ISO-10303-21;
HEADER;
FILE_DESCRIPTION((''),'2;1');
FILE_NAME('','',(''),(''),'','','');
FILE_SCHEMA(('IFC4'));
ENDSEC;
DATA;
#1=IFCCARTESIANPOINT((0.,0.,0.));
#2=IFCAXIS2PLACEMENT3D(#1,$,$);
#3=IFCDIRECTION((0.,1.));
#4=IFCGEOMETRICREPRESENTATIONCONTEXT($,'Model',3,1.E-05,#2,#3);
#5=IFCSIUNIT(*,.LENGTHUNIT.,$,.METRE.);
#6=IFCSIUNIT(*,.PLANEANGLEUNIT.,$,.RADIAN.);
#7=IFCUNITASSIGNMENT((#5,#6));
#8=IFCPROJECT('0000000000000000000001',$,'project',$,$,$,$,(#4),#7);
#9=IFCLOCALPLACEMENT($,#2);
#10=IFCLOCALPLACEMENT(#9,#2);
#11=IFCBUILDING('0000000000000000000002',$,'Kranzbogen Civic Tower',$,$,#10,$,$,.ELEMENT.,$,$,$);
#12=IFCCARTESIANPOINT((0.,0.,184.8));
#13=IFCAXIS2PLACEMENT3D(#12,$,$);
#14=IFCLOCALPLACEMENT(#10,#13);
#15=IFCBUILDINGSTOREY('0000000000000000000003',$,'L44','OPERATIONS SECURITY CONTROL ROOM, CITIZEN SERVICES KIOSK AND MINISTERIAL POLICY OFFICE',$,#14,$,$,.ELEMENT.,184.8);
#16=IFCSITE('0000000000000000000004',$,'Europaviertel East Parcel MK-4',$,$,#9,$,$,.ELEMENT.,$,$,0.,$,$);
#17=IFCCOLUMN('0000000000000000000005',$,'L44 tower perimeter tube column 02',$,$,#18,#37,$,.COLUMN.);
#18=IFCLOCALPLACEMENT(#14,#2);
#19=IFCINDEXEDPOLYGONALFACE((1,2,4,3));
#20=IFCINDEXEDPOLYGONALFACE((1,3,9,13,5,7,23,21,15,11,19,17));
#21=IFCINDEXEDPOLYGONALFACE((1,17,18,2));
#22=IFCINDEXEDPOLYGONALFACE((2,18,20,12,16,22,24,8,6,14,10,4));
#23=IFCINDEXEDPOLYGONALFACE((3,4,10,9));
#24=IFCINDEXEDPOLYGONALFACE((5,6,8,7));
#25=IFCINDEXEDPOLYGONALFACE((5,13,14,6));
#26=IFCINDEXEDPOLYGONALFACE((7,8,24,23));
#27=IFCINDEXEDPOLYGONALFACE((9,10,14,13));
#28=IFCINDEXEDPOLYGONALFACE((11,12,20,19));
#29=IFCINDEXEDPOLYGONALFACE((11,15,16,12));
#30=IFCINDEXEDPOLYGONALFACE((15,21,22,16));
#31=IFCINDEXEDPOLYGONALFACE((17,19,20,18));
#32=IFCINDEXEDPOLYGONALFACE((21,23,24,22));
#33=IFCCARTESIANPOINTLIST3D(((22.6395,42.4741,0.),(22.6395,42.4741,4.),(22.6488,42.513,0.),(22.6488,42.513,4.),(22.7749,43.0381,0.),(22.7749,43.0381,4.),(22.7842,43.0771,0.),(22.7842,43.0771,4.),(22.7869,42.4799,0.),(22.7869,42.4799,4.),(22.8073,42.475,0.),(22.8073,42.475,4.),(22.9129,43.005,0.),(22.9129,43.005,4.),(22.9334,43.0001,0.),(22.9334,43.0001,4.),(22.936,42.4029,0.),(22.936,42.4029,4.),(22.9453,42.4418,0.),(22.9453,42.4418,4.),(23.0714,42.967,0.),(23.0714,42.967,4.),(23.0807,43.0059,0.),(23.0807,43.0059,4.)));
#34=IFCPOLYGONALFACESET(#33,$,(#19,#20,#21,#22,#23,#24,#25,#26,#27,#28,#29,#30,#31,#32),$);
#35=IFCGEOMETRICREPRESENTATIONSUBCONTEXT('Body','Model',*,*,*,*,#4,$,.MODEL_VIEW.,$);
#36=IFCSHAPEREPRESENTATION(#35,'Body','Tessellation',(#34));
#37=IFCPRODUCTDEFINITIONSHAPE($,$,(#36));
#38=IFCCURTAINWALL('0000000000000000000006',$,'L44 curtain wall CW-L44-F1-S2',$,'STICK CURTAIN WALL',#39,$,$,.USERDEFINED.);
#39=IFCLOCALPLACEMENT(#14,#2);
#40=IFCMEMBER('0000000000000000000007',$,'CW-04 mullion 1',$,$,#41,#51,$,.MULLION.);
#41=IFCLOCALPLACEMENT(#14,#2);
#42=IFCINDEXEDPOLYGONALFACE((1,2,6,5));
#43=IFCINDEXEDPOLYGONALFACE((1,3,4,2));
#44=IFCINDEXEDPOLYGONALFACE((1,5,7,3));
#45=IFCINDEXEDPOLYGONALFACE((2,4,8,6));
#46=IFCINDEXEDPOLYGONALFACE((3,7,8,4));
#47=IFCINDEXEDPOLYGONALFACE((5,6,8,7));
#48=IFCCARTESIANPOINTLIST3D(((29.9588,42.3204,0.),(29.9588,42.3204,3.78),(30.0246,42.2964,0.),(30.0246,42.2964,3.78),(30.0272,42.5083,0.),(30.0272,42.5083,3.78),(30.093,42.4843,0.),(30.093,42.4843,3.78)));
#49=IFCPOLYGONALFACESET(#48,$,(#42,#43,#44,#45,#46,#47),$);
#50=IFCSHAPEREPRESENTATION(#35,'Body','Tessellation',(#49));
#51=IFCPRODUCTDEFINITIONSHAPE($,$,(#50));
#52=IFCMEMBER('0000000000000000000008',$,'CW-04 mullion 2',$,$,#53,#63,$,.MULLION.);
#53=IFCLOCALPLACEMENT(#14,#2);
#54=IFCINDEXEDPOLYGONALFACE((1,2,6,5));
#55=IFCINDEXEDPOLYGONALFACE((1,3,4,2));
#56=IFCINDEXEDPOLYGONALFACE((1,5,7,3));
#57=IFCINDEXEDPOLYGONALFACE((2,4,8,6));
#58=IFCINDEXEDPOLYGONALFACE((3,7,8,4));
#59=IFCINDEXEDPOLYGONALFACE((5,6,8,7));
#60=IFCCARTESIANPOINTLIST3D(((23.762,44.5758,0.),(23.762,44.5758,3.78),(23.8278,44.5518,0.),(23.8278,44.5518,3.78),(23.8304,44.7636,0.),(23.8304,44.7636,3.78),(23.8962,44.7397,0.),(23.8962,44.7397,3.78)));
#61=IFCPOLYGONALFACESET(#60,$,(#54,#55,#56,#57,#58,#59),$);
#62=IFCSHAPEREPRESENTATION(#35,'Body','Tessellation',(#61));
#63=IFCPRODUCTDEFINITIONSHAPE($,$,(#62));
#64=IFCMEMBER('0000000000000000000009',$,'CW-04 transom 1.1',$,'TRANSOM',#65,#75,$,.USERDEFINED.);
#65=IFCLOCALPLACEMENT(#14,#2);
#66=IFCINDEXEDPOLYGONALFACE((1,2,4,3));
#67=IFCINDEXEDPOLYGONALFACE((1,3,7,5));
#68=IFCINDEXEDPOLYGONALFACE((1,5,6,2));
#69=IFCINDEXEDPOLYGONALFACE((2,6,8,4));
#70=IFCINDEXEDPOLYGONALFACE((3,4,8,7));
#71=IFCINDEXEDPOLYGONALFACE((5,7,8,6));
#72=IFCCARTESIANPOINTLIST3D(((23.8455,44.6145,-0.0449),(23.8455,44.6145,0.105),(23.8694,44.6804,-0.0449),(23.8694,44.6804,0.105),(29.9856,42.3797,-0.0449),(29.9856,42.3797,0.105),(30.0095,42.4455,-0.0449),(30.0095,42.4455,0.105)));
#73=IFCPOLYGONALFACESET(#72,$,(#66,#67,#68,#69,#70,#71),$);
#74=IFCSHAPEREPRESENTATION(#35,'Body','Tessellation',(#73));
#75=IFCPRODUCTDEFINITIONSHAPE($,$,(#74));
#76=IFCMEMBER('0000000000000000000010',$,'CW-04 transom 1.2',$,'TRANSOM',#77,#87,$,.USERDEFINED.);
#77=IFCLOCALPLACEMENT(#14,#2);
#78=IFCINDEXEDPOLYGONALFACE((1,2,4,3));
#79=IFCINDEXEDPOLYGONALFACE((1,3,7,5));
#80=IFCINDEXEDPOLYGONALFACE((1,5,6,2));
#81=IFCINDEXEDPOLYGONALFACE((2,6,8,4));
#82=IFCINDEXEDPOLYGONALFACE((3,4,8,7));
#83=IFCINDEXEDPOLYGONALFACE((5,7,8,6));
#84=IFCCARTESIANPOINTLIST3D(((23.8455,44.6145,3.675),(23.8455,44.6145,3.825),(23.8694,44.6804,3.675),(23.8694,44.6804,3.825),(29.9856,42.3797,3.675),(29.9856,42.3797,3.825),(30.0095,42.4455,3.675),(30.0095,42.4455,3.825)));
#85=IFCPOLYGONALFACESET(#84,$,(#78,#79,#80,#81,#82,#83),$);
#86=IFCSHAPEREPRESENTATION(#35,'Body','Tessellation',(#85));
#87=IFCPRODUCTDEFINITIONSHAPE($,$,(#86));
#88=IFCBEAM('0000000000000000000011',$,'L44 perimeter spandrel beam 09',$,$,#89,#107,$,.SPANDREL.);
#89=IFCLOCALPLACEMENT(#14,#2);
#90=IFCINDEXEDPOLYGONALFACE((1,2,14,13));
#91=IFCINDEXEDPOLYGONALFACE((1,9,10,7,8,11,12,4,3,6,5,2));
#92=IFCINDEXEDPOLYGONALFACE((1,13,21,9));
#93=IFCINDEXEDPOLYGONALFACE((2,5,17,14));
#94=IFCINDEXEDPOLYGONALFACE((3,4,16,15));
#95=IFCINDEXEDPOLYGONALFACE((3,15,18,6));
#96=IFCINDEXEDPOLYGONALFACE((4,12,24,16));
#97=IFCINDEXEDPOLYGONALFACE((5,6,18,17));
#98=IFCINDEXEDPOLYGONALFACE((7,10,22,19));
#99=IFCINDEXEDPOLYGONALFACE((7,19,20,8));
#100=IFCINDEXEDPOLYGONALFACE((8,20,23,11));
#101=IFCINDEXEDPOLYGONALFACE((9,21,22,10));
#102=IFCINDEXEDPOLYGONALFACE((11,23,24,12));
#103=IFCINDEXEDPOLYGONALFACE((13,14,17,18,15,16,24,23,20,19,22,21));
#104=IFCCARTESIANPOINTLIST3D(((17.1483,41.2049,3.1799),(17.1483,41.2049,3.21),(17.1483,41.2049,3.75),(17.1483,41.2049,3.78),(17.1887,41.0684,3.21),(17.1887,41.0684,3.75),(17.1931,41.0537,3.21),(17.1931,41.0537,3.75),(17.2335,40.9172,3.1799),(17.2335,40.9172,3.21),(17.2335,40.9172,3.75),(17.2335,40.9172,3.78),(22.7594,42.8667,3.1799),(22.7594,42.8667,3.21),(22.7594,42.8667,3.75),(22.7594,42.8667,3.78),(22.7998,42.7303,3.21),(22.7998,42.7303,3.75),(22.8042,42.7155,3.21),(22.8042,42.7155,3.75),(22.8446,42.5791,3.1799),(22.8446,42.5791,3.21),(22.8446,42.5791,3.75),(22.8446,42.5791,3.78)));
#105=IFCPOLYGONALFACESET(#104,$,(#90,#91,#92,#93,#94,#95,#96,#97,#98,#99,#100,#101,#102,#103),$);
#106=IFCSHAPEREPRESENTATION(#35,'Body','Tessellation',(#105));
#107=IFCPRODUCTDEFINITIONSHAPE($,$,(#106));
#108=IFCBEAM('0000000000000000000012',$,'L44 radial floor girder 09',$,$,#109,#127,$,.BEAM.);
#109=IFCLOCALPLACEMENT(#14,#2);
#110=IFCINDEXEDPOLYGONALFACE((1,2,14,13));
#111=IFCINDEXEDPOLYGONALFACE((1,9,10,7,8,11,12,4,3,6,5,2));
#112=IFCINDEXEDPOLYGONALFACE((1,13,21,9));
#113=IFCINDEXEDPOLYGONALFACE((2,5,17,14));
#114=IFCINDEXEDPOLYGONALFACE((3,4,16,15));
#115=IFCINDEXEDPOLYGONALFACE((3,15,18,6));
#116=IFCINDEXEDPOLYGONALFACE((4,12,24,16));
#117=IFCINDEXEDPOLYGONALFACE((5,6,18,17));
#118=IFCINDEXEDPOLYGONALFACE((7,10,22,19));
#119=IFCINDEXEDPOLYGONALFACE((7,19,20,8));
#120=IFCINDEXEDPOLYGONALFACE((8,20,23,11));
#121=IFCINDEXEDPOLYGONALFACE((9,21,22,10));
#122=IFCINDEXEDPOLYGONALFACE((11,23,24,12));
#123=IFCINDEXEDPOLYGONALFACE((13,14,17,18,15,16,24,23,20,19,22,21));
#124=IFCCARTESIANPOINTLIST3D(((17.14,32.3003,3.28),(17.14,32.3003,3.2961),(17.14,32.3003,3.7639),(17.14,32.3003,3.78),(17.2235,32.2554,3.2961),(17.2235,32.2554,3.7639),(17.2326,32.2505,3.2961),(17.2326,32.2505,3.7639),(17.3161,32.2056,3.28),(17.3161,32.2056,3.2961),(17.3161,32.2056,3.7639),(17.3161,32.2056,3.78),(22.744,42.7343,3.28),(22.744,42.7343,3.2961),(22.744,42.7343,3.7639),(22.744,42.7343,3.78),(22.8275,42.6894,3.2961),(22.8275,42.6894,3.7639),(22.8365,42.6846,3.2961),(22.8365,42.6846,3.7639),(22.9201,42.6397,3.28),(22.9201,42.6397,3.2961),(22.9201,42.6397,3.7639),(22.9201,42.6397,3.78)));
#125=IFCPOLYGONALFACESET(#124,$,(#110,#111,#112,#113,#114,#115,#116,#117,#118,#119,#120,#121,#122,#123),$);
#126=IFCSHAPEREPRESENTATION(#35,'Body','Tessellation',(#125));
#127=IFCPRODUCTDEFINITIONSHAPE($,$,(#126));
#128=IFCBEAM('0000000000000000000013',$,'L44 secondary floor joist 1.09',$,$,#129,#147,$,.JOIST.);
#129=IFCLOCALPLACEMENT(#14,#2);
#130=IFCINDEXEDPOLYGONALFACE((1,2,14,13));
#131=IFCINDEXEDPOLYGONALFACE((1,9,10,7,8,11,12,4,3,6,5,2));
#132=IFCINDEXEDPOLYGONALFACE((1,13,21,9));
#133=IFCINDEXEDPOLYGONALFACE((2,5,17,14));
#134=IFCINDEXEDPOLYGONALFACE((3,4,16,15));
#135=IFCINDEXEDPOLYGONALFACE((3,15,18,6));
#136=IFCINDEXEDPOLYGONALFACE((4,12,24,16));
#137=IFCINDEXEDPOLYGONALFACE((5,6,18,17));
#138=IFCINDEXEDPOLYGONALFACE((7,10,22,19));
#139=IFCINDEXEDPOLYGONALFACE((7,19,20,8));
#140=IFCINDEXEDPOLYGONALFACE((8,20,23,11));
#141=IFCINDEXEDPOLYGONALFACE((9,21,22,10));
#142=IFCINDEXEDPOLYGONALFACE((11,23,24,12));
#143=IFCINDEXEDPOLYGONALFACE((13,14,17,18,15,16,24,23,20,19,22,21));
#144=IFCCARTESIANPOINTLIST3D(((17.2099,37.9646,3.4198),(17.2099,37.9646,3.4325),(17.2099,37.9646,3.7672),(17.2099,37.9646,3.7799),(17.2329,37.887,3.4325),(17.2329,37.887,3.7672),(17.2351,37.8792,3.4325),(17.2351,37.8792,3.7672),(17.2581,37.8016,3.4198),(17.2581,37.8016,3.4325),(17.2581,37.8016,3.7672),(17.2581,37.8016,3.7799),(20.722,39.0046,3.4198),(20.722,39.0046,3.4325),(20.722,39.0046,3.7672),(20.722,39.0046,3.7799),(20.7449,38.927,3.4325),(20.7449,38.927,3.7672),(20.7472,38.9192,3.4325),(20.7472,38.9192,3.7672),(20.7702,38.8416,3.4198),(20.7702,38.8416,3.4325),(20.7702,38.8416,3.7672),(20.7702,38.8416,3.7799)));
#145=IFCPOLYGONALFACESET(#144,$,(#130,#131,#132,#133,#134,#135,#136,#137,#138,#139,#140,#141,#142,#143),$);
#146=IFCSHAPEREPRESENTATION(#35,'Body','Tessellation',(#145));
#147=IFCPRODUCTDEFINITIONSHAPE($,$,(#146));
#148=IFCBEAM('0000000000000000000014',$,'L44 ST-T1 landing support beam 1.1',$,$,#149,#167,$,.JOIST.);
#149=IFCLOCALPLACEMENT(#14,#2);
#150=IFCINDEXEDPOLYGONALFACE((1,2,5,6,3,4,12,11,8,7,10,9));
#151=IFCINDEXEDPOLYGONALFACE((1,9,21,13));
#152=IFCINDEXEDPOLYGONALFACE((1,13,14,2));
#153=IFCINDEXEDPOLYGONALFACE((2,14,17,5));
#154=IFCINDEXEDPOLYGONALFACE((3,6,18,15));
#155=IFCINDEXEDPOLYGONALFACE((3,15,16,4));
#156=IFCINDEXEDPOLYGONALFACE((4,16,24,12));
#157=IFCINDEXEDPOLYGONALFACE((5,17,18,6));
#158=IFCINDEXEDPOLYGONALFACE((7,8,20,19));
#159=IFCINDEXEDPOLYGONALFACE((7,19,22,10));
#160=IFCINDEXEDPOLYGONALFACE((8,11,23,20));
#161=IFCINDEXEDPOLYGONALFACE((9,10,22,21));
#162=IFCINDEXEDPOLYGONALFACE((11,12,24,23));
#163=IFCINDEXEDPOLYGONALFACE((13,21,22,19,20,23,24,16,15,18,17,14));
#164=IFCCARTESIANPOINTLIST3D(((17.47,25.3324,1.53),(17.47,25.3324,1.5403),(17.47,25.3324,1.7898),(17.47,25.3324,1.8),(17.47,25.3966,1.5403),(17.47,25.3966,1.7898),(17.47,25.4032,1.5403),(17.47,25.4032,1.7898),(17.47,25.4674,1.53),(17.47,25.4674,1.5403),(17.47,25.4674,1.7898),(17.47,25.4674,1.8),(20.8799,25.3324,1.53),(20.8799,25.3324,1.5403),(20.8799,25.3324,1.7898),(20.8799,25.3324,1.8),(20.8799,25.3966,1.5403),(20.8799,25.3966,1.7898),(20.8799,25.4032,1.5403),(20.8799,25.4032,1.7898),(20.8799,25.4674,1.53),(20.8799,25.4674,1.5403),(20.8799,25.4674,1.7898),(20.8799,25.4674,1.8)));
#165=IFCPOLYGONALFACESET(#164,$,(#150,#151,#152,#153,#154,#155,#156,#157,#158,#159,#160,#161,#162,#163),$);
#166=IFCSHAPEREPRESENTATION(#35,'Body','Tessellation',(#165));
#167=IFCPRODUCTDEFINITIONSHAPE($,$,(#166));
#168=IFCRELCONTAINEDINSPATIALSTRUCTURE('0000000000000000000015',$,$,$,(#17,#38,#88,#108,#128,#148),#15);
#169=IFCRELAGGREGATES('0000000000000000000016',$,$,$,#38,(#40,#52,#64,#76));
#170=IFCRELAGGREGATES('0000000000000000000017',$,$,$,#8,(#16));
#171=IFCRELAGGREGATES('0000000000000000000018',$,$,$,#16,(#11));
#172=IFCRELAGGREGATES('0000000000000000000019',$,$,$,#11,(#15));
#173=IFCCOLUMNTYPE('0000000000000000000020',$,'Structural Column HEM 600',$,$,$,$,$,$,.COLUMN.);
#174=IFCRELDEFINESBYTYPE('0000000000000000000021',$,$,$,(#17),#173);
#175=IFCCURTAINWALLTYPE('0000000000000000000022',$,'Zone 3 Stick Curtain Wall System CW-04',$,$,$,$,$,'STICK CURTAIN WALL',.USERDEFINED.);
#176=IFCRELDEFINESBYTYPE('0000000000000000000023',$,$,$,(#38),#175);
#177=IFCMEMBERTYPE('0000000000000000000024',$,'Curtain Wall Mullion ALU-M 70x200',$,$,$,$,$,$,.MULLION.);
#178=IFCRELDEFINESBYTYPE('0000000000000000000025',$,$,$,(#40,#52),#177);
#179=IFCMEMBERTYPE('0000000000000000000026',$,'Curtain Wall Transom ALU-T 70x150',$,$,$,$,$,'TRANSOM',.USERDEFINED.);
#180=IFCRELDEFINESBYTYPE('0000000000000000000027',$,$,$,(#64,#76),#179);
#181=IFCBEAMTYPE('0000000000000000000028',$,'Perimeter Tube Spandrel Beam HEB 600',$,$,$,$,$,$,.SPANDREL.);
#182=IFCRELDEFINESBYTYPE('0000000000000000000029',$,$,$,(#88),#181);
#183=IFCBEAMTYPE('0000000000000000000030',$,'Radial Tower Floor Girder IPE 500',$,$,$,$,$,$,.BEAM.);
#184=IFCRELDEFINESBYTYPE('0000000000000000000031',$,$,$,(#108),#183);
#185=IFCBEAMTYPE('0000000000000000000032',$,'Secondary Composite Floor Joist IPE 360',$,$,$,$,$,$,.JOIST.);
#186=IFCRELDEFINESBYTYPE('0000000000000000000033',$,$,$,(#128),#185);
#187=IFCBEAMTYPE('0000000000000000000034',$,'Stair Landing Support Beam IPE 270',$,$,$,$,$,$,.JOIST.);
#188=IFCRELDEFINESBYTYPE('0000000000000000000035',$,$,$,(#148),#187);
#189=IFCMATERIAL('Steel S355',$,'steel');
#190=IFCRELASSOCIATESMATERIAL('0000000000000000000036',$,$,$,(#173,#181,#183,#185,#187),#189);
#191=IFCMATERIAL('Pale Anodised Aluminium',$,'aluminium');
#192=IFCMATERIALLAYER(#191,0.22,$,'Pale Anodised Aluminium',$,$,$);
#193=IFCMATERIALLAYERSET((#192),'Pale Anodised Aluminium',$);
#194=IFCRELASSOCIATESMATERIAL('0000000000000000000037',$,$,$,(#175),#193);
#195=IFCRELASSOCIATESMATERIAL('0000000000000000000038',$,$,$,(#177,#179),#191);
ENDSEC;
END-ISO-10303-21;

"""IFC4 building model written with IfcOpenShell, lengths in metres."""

from ifc_helpers import new_model, si_unit, direction, frame, origin, origin_2d, place, context, subcontext, project, spatial, rectangle, i_section, extrude, material, layer, layer_set, material_profile, profile_set, type_object, element, aggregate, save


model = new_model("IFC4")

# Units and contexts
model_context = context("Model", 3, precision=1e-05, world=origin(), true_north=direction((0.0, 1.0)))
body_context = subcontext(model_context, "Body", "Model", "MODEL_VIEW")
ifc_project = project(units=[si_unit("LENGTHUNIT", "METRE"), si_unit("PLANEANGLEUNIT", "RADIAN")], contexts=[model_context])

# Site, building, storey
site_placement = place(None, origin())
site = spatial("IfcSite", under=ifc_project, at=site_placement, Name="Europaviertel East Parcel MK-4", CompositionType="ELEMENT", RefElevation=0.0)
building_placement = place(site_placement, origin())
building = spatial("IfcBuilding", under=site, at=building_placement, Name="Kranzbogen Civic Tower", CompositionType="ELEMENT")
storey_placement = place(building_placement, frame((0.0, 0.0, 184.8)))
storey = spatial("IfcBuildingStorey", under=building, at=storey_placement, Name="L44", Description="OPERATIONS SECURITY CONTROL ROOM, CITIZEN SERVICES KIOSK AND MINISTERIAL POLICY OFFICE", CompositionType="ELEMENT", Elevation=184.8)

# Column
ifc_material_1 = material(Name="Steel S355", Category="steel")
ifc_material_profile_1 = material_profile(ifc_material_1, i_section(OverallWidth=0.3049, OverallDepth=0.6201, WebThickness=0.021, FlangeThickness=0.04, at=origin_2d()), Name="HEM 600")
ifc_profile_set_1 = profile_set([ifc_material_profile_1], Name="Steel S355")
column_type = type_object("IfcColumnType", Name="Structural Column HEM 600", PredefinedType="COLUMN", material=ifc_profile_set_1)
column_placement = place(storey_placement, frame((22.8601, 42.74, 0.0), z_axis=(0.0, 0.0, 1.0), x_axis=(-0.97237, 0.233445, 0.0)))
element("IfcColumn", 1, at=column_placement, inside=storey, type_object=column_type, Name="L44 tower perimeter tube column 02", PredefinedType="COLUMN", context=body_context, shape_type="SweptSolid", body=[
    extrude(i_section(OverallWidth=0.3049, OverallDepth=0.6201, WebThickness=0.021, FlangeThickness=0.04, at=origin_2d()), origin(), (0.0, 0.0, 1.0), 4.0),
])

# Curtain wall, members
ifc_material_2 = material(Name="Pale Anodised Aluminium", Category="aluminium")
ifc_layer_1 = layer(ifc_material_2, 0.22, Name="Pale Anodised Aluminium")
ifc_layer_set_1 = layer_set([ifc_layer_1], Name="Pale Anodised Aluminium")
curtain_wall_type = type_object("IfcCurtainWallType", Name="Zone 3 Stick Curtain Wall System CW-04", ElementType="STICK CURTAIN WALL", PredefinedType="USERDEFINED", material=ifc_layer_set_1)
curtain_wall_placement = place(storey_placement, origin())
curtain_wall = element("IfcCurtainWall", 2, at=curtain_wall_placement, inside=storey, type_object=curtain_wall_type, Name="L44 curtain wall CW-L44-F1-S2", ObjectType="STICK CURTAIN WALL", PredefinedType="USERDEFINED")
ifc_material_profile_2 = material_profile(ifc_material_2, rectangle(XDim=0.0701, YDim=0.2, at=origin_2d()), Name="ALU-M 70x200")
ifc_profile_set_2 = profile_set([ifc_material_profile_2], Name="Pale Anodised Aluminium")
member_type_1 = type_object("IfcMemberType", Name="Curtain Wall Mullion ALU-M 70x200", PredefinedType="MULLION", material=ifc_profile_set_2)
member_1_placement = place(storey_placement, frame((30.0259, 42.4023, 0.0), z_axis=(0.0, 0.0, 1.0), x_axis=(-0.939688, 0.342033, 0.0)))
member_1 = element("IfcMember", 3, at=member_1_placement, type_object=member_type_1, Name="CW-04 mullion 1", PredefinedType="MULLION", context=body_context, shape_type="SweptSolid", body=[
    extrude(rectangle(XDim=0.0701, YDim=0.2, at=origin_2d()), origin(), (0.0, 0.0, 1.0), 3.78),
])
member_2_placement = place(storey_placement, frame((23.8291, 44.6577, 0.0), z_axis=(0.0, 0.0, 1.0), x_axis=(-0.939688, 0.342033, 0.0)))
member_2 = element("IfcMember", 4, at=member_2_placement, type_object=member_type_1, Name="CW-04 mullion 2", PredefinedType="MULLION", context=body_context, shape_type="SweptSolid", body=[
    extrude(rectangle(XDim=0.0701, YDim=0.2, at=origin_2d()), origin(), (0.0, 0.0, 1.0), 3.78),
])
ifc_material_profile_3 = material_profile(ifc_material_2, rectangle(XDim=0.0701, YDim=0.1499, at=origin_2d()), Name="ALU-T 70x150")
ifc_profile_set_3 = profile_set([ifc_material_profile_3], Name="Pale Anodised Aluminium")
member_type_2 = type_object("IfcMemberType", Name="Curtain Wall Transom ALU-T 70x150", ElementType="TRANSOM", PredefinedType="USERDEFINED", material=ifc_profile_set_3)
member_3_placement = place(storey_placement, frame((29.9976, 42.4126, 0.03), z_axis=(-0.939691, 0.342025, 0.0), x_axis=(-0.342025, -0.939691, 0.0)))
member_3 = element("IfcMember", 5, at=member_3_placement, type_object=member_type_2, Name="CW-04 transom 1.1", ObjectType="TRANSOM", PredefinedType="USERDEFINED", context=body_context, shape_type="SweptSolid", body=[
    extrude(rectangle(XDim=0.0701, YDim=0.1499, at=origin_2d()), origin(), (0.0, 0.0, 1.0), 6.5342),
])
member_4_placement = place(storey_placement, frame((29.9976, 42.4126, 3.75), z_axis=(-0.939691, 0.342025, 0.0), x_axis=(-0.342025, -0.939691, 0.0)))
member_4 = element("IfcMember", 6, at=member_4_placement, type_object=member_type_2, Name="CW-04 transom 1.2", ObjectType="TRANSOM", PredefinedType="USERDEFINED", context=body_context, shape_type="SweptSolid", body=[
    extrude(rectangle(XDim=0.0701, YDim=0.1499, at=origin_2d()), origin(), (0.0, 0.0, 1.0), 6.5342),
])

# Beams
ifc_material_profile_4 = material_profile(ifc_material_1, i_section(OverallWidth=0.3, OverallDepth=0.6001, WebThickness=0.0154, FlangeThickness=0.03, at=origin_2d()), Name="HEB 600")
ifc_profile_set_4 = profile_set([ifc_material_profile_4], Name="Steel S355")
beam_type_1 = type_object("IfcBeamType", Name="Perimeter Tube Spandrel Beam HEB 600", PredefinedType="SPANDREL", material=ifc_profile_set_4)
beam_1_placement = place(storey_placement, frame((22.802, 42.7229, 3.48), z_axis=(-0.95883, -0.283982, 0.0), x_axis=(0.283982, -0.95883, 0.0)))
element("IfcBeam", 7, at=beam_1_placement, inside=storey, type_object=beam_type_1, Name="L44 perimeter spandrel beam 09", PredefinedType="SPANDREL", context=body_context, shape_type="SweptSolid", body=[
    extrude(i_section(OverallWidth=0.3, OverallDepth=0.6001, WebThickness=0.0154, FlangeThickness=0.03, at=origin_2d()), origin(), (0.0, 0.0, 1.0), 5.8521),
])
ifc_material_profile_5 = material_profile(ifc_material_1, i_section(OverallWidth=0.2, OverallDepth=0.5, WebThickness=0.0103, FlangeThickness=0.0161, at=origin_2d()), Name="IPE 500")
ifc_profile_set_5 = profile_set([ifc_material_profile_5], Name="Steel S355")
beam_type_2 = type_object("IfcBeamType", Name="Radial Tower Floor Girder IPE 500", PredefinedType="BEAM", material=ifc_profile_set_5)
beam_2_placement = place(storey_placement, frame((22.832, 42.687, 3.53), z_axis=(-0.47316, -0.880976, 0.0), x_axis=(0.880976, -0.47316, 0.0)))
element("IfcBeam", 8, at=beam_2_placement, inside=storey, type_object=beam_type_2, Name="L44 radial floor girder 09", PredefinedType="BEAM", context=body_context, shape_type="SweptSolid", body=[
    extrude(i_section(OverallWidth=0.2, OverallDepth=0.5, WebThickness=0.0103, FlangeThickness=0.0161, at=origin_2d()), origin(), (0.0, 0.0, 1.0), 11.8438),
])
ifc_material_profile_6 = material_profile(ifc_material_1, i_section(OverallWidth=0.1699, OverallDepth=0.3601, WebThickness=0.0081, FlangeThickness=0.0127, at=origin_2d()), Name="IPE 360")
ifc_profile_set_6 = profile_set([ifc_material_profile_6], Name="Steel S355")
beam_type_3 = type_object("IfcBeamType", Name="Secondary Composite Floor Joist IPE 360", PredefinedType="JOIST", material=ifc_profile_set_6)
beam_3_placement = place(storey_placement, frame((20.7461, 38.9231, 3.5999), z_axis=(-0.958844, -0.283934, 0.0), x_axis=(0.283934, -0.958844, 0.0)))
element("IfcBeam", 9, at=beam_3_placement, inside=storey, type_object=beam_type_3, Name="L44 secondary floor joist 1.09", PredefinedType="JOIST", context=body_context, shape_type="SweptSolid", body=[
    extrude(i_section(OverallWidth=0.1699, OverallDepth=0.3601, WebThickness=0.0081, FlangeThickness=0.0127, at=origin_2d()), origin(), (0.0, 0.0, 1.0), 3.6628),
])
ifc_material_profile_7 = material_profile(ifc_material_1, i_section(OverallWidth=0.135, OverallDepth=0.27, WebThickness=0.0066, FlangeThickness=0.0103, at=origin_2d()), Name="IPE 270")
ifc_profile_set_7 = profile_set([ifc_material_profile_7], Name="Steel S355")
beam_type_4 = type_object("IfcBeamType", Name="Stair Landing Support Beam IPE 270", PredefinedType="JOIST", material=ifc_profile_set_7)
for number, where, z_axis, x_axis, name in (
    (10, (20.8799, 25.3999, 1.665), (-1.0, 0.0, 0.0), (0.0, -1.0, 0.0), "L44 ST-T1 landing support beam 1.1"),
):
    element("IfcBeam", number, at=place(storey_placement, frame(where, z_axis=z_axis, x_axis=x_axis)), inside=storey, type_object=beam_type_4, Name=name, PredefinedType="JOIST", context=body_context, shape_type="SweptSolid", body=[
        extrude(i_section(OverallWidth=0.135, OverallDepth=0.27, WebThickness=0.0066, FlangeThickness=0.0103, at=origin_2d()), origin(), (0.0, 0.0, 1.0), 3.4099),
    ])

aggregate(curtain_wall, [member_1, member_2, member_3, member_4])

save(model, "model.ifc")
